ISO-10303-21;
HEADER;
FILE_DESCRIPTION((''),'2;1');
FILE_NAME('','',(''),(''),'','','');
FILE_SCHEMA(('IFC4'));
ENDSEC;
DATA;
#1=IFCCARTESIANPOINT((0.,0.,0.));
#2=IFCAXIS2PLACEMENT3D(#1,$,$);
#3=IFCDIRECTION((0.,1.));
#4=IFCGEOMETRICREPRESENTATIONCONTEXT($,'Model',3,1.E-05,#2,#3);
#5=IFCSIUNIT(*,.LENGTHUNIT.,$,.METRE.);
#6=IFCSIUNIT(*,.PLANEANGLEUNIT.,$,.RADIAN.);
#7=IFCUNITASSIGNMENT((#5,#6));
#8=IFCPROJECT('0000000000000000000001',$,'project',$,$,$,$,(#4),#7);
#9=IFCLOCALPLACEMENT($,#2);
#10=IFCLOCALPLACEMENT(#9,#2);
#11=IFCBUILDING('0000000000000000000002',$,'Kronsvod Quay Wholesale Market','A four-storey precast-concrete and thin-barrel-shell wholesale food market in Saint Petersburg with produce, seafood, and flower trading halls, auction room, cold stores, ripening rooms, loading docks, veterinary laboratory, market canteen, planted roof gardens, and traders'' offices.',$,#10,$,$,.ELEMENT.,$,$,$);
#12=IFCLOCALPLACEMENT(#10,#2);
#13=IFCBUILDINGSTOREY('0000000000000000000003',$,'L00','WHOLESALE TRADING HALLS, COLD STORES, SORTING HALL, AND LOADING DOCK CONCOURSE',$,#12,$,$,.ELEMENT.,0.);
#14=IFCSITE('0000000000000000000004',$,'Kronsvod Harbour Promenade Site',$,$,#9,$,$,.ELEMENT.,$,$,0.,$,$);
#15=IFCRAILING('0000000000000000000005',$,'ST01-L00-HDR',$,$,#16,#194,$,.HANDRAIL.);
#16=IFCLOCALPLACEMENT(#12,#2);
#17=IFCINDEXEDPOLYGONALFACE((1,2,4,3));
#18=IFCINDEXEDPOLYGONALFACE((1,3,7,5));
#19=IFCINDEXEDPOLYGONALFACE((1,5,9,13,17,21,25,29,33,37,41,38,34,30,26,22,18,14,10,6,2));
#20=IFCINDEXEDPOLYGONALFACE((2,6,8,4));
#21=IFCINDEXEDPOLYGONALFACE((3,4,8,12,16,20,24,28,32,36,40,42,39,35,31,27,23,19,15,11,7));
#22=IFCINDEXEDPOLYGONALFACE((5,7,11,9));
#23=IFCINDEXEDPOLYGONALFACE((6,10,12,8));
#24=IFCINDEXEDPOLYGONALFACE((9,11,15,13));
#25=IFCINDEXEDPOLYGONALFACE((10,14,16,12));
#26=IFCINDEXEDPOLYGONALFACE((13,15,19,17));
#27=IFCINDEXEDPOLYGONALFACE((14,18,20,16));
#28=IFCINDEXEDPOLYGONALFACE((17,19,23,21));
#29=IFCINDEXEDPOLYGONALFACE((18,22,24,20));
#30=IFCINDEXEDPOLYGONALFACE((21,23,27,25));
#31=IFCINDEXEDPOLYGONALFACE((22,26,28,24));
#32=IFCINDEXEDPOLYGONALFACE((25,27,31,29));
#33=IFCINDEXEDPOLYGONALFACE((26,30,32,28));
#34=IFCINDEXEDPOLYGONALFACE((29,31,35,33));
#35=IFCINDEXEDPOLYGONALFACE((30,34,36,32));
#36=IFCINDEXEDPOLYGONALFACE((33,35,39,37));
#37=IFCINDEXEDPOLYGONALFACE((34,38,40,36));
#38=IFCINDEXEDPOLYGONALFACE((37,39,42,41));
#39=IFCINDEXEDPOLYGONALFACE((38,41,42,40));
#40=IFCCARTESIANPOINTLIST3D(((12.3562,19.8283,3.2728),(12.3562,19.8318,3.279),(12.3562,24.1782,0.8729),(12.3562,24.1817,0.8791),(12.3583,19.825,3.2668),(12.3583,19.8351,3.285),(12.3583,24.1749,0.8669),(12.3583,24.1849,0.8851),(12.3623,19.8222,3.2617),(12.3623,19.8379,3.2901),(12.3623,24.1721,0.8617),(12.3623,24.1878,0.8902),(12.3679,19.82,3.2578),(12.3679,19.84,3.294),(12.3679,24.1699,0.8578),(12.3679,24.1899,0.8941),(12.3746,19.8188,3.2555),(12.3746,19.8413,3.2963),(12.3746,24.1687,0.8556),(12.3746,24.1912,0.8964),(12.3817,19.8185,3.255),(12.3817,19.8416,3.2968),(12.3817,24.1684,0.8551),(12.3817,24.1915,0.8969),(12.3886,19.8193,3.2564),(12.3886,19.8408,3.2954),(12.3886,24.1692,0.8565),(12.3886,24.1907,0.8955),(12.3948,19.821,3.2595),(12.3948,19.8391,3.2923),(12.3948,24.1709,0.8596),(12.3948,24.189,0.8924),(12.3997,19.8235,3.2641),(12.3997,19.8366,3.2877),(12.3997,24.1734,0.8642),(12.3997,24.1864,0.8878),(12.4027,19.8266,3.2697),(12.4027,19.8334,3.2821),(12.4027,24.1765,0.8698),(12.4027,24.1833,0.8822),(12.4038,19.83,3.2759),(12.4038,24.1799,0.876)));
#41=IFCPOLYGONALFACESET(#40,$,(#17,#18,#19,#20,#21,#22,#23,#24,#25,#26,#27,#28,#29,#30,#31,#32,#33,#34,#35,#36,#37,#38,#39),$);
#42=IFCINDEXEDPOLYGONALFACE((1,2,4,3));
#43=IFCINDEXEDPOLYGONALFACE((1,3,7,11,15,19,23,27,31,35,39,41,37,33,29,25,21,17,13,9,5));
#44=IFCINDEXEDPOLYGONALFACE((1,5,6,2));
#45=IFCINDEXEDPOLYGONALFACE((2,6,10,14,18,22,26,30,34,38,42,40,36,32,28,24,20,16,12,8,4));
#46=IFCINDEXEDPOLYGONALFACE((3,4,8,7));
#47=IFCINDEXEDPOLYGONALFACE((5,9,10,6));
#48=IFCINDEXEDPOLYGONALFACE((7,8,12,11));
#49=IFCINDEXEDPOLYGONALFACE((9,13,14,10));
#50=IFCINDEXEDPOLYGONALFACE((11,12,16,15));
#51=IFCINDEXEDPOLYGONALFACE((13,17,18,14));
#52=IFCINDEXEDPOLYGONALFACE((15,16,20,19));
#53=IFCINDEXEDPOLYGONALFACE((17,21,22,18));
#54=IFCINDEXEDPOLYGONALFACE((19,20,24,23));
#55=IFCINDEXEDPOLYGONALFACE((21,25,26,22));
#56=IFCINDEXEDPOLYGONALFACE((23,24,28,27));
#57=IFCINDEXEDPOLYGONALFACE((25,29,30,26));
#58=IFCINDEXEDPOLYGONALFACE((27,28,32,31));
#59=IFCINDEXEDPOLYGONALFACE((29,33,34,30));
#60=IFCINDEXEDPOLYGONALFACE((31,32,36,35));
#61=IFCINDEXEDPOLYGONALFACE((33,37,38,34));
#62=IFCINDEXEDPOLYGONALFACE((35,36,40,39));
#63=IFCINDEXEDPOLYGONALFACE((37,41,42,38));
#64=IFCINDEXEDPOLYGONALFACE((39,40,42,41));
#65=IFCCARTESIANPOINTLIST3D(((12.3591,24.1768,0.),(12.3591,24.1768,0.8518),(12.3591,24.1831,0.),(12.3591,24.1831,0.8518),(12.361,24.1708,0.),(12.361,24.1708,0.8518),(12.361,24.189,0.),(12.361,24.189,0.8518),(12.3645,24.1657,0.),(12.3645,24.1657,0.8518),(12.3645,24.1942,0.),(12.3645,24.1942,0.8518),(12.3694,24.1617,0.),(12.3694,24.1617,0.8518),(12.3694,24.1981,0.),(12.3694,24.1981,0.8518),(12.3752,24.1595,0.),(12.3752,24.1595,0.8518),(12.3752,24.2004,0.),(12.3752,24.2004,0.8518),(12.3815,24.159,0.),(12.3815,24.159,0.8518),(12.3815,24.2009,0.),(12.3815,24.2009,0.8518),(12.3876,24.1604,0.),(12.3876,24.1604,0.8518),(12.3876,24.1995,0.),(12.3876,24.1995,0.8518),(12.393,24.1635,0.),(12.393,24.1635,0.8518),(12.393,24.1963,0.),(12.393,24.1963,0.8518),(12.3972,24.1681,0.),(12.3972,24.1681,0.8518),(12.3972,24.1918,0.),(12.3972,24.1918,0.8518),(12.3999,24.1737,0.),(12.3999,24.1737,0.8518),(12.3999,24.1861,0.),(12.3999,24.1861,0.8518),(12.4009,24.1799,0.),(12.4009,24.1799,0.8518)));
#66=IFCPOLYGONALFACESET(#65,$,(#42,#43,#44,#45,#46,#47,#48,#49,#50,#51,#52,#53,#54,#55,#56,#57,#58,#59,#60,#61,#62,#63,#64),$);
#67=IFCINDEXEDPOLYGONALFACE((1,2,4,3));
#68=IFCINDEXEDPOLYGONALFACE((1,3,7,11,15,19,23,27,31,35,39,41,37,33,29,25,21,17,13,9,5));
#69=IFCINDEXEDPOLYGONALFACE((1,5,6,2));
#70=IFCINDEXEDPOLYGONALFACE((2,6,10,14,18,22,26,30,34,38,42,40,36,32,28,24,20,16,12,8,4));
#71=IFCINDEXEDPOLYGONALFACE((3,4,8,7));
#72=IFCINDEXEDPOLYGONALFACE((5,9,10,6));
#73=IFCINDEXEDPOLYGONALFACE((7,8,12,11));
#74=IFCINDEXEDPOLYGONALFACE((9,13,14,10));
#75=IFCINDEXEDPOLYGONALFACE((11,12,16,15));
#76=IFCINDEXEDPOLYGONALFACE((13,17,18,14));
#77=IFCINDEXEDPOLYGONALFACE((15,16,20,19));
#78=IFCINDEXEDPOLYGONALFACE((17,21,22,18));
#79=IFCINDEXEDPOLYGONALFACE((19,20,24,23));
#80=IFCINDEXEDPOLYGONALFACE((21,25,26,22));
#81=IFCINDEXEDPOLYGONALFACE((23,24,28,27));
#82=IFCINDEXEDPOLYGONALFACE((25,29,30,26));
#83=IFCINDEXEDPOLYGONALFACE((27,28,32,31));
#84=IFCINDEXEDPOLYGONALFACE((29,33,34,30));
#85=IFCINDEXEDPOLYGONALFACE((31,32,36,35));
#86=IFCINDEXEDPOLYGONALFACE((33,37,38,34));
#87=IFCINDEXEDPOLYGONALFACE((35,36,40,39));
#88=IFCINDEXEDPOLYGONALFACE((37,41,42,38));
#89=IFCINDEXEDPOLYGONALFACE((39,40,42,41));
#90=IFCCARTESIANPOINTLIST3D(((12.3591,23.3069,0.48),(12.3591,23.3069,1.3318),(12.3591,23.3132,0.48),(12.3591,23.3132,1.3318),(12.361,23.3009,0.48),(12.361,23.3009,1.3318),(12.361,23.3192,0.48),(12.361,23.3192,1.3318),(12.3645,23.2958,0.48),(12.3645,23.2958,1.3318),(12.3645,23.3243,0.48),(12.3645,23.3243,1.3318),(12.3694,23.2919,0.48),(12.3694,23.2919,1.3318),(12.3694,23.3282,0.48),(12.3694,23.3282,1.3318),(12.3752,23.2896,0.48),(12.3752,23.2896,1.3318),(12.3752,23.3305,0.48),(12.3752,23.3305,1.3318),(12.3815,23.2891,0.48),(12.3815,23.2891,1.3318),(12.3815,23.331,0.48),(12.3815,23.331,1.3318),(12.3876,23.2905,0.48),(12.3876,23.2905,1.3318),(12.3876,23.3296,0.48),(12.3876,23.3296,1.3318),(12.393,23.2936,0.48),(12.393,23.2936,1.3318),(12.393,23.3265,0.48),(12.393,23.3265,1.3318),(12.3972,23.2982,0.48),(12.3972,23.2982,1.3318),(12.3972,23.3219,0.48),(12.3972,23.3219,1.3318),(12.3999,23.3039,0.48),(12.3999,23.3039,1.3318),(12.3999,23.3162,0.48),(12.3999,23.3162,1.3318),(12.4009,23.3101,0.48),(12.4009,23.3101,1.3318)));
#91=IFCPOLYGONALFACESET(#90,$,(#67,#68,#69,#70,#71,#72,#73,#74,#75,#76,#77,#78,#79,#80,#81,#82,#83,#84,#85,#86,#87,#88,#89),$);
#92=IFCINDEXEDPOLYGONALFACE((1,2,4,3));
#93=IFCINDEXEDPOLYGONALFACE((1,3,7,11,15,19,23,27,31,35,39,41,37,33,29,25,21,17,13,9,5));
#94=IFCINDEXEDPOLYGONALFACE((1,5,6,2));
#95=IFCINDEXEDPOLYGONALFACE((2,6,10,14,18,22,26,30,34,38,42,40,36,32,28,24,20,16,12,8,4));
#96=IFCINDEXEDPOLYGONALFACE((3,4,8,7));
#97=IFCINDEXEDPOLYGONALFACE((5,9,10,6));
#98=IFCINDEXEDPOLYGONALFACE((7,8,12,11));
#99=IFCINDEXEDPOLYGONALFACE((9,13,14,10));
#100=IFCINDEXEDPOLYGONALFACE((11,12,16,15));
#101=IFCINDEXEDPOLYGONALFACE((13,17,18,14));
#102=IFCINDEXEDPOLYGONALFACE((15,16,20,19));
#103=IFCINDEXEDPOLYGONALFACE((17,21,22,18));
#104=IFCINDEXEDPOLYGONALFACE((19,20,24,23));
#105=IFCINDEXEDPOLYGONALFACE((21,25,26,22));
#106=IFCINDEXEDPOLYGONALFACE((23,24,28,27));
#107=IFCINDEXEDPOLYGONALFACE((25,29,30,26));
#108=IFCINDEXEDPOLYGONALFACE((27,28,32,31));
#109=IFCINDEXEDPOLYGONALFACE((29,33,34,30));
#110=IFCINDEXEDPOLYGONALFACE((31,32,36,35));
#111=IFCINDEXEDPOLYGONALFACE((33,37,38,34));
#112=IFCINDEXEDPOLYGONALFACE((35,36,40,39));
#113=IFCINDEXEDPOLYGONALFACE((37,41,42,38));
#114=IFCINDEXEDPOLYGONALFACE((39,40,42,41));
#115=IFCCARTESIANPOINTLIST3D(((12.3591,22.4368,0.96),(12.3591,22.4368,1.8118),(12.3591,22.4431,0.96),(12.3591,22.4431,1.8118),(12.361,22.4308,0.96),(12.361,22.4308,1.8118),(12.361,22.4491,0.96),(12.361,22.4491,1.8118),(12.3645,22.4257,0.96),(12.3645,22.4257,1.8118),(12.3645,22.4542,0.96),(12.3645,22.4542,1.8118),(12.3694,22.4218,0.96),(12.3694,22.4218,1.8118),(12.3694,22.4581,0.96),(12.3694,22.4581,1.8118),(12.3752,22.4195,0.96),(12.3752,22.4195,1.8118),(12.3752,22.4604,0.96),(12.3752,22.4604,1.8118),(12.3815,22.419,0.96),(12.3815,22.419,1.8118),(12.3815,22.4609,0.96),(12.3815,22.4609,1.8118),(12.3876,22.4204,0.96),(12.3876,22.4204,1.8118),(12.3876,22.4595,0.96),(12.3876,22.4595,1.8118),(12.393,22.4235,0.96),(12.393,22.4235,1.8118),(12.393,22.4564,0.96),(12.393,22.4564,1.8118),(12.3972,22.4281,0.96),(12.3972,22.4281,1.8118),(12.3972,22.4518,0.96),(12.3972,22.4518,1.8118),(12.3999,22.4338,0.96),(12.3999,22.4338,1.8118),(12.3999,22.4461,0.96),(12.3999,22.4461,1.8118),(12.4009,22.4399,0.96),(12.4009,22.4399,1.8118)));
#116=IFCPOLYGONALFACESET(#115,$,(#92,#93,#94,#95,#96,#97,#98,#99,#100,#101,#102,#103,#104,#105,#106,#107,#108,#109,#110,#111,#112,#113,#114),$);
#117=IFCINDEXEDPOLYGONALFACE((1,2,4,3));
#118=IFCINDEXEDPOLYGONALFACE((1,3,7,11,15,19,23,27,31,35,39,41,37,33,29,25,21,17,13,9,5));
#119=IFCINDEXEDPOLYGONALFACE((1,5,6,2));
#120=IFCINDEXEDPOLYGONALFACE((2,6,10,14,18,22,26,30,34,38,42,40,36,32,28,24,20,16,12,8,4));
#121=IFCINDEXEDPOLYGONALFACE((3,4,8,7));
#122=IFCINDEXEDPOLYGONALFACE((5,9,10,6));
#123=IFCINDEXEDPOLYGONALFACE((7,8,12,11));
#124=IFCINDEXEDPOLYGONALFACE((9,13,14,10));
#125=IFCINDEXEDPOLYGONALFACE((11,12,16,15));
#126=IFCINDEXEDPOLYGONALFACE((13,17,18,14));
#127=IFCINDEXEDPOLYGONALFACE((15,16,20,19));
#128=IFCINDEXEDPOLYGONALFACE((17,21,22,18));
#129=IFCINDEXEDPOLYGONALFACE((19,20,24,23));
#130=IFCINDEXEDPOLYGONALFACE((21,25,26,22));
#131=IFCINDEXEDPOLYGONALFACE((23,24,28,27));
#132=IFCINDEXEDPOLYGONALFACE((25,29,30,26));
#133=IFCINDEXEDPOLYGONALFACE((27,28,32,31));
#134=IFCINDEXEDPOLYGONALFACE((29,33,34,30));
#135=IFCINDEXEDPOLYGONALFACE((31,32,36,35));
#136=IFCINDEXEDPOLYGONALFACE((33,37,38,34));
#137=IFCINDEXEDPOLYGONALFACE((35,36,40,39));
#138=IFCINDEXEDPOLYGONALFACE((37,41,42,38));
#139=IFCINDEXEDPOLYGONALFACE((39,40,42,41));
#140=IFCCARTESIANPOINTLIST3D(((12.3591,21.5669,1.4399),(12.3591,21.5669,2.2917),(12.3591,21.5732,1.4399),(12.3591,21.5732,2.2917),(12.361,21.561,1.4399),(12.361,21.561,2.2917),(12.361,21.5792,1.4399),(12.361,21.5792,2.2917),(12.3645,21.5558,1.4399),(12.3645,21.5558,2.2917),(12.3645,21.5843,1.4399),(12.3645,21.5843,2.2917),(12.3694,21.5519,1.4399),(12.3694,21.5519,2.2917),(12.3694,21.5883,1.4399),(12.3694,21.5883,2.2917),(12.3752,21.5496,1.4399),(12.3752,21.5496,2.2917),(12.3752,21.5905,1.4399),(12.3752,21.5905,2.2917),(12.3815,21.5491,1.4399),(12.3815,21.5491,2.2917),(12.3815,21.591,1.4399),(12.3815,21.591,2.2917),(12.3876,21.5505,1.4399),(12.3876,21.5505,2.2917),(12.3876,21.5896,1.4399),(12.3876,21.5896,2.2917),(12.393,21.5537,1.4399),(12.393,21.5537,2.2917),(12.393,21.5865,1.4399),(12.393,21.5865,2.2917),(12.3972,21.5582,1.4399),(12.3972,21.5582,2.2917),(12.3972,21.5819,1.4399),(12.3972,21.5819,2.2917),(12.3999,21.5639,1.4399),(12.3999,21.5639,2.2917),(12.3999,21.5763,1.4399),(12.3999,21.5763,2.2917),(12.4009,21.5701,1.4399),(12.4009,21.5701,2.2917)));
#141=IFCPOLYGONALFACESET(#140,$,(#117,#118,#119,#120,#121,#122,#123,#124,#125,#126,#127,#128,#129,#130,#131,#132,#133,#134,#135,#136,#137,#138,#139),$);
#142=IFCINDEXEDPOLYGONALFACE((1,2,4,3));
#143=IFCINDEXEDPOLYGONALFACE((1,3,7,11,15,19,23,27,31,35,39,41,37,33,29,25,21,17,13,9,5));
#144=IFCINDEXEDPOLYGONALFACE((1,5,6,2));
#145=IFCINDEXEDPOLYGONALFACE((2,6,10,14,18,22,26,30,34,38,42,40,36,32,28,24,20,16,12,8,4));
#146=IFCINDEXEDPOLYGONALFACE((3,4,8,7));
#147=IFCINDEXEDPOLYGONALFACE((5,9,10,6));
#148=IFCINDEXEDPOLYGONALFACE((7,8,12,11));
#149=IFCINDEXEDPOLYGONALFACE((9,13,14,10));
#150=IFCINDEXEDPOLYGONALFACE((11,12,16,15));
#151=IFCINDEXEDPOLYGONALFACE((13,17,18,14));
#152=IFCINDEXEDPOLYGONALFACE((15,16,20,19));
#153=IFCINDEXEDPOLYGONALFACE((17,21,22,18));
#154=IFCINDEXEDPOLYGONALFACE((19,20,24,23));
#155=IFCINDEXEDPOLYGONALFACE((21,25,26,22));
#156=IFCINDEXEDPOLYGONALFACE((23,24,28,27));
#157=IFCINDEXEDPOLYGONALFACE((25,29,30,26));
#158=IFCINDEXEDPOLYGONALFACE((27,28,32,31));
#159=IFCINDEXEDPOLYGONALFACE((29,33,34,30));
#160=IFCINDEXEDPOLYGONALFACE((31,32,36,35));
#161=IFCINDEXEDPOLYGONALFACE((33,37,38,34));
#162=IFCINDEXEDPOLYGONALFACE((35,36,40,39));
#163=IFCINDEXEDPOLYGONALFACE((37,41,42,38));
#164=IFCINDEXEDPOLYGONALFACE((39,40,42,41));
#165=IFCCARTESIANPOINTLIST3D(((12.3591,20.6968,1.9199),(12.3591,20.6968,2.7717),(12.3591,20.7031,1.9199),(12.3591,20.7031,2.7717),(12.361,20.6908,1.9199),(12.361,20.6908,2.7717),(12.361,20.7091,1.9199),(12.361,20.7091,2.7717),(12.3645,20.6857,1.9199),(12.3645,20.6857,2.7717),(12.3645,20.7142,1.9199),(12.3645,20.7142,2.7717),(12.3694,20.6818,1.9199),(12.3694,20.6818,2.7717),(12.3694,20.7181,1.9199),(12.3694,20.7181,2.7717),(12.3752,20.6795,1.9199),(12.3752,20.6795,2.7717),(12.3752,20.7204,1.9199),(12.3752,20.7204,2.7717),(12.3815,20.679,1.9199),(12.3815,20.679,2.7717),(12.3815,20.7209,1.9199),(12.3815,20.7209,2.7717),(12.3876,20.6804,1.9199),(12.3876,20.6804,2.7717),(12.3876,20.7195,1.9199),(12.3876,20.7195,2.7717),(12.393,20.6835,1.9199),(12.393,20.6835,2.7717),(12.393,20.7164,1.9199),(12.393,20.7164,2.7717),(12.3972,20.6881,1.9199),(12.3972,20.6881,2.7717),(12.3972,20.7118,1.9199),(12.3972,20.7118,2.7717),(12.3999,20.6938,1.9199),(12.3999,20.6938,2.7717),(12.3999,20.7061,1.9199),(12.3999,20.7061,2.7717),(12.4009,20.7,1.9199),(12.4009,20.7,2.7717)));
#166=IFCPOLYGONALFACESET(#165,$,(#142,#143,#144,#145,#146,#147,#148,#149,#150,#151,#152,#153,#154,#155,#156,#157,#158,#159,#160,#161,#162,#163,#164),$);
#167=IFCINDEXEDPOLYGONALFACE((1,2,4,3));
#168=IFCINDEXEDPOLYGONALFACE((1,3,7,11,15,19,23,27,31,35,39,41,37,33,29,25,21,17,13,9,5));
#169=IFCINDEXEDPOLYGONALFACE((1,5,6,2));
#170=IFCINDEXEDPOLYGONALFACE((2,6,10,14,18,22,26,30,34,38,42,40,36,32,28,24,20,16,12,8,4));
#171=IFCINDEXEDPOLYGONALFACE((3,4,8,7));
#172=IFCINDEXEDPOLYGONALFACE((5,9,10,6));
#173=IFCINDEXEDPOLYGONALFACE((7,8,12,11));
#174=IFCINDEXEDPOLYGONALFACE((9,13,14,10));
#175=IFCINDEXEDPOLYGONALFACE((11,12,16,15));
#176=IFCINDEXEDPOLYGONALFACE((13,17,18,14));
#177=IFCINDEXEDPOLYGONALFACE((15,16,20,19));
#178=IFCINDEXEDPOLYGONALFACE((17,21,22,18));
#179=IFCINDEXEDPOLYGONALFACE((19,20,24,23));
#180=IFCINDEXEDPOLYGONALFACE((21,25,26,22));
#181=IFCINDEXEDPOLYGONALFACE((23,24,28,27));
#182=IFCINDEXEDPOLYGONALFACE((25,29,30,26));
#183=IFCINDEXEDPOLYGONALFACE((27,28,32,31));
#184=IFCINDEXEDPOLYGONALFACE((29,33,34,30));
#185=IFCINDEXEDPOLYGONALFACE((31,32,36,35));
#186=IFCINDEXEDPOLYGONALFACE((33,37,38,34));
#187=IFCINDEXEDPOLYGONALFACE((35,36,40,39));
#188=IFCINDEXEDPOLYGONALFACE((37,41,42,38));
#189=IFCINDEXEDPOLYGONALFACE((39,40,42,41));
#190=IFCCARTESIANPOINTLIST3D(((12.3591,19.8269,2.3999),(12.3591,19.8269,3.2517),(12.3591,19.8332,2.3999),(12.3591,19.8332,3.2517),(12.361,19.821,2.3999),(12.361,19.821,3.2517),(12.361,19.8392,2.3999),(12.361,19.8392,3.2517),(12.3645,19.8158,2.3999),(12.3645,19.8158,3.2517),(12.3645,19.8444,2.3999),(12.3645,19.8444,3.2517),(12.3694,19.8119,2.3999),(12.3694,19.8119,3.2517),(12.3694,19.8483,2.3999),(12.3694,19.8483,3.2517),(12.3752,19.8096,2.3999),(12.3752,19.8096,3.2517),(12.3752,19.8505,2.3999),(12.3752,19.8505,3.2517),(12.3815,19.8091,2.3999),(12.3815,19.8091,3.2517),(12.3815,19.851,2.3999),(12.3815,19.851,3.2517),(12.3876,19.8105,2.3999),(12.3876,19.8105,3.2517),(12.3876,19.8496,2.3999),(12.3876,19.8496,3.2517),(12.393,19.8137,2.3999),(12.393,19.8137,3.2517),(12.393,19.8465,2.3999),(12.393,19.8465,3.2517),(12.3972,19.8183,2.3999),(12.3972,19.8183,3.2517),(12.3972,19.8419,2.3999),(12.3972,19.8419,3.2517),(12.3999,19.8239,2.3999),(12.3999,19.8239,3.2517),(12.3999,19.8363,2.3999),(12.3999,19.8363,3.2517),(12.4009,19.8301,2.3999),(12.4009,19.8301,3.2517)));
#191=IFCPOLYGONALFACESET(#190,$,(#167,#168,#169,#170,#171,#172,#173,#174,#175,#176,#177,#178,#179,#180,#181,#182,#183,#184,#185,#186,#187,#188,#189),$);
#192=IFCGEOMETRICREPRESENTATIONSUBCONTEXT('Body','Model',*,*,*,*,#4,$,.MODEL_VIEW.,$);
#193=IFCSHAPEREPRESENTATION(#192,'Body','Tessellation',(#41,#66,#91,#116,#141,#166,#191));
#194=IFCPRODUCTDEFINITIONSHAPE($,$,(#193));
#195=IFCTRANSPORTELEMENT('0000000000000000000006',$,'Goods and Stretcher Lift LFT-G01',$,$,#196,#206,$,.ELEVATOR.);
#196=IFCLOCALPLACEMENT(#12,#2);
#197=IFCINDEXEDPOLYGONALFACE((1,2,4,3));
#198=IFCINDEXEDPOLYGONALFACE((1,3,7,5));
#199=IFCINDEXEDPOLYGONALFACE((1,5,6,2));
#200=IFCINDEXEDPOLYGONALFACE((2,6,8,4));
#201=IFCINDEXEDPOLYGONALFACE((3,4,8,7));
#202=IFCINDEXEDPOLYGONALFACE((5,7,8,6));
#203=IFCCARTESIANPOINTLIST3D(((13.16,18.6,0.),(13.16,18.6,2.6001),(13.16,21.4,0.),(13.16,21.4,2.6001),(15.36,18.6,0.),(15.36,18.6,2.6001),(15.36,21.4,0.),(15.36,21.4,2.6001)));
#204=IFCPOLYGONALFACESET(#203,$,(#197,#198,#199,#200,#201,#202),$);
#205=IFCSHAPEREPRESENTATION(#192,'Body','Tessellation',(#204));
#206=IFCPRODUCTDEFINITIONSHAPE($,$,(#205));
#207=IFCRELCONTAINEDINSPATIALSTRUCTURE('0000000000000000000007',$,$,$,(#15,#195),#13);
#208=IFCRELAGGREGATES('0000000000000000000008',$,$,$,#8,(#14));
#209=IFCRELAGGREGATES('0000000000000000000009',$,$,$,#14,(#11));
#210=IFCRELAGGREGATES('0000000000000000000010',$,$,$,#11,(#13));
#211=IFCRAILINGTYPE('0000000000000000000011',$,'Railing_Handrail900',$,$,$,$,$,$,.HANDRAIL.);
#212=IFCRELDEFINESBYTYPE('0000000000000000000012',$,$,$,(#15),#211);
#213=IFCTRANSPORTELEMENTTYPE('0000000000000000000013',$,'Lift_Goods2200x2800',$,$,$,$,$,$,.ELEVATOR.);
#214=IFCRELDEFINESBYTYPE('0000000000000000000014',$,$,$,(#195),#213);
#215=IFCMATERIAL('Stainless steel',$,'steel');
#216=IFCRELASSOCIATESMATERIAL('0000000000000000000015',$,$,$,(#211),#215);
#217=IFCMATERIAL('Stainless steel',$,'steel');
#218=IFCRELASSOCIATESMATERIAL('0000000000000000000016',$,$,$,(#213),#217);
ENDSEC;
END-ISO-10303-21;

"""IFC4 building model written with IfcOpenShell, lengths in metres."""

from ifc_helpers import new_model, si_unit, direction, frame, origin, origin_2d, place, context, subcontext, project, spatial, rectangle, circle, extrude, material, type_object, element, save


model = new_model("IFC4")

# Units and contexts
model_context = context("Model", 3, precision=1e-05, world=origin(), true_north=direction((0.0, 1.0)))
body_context = subcontext(model_context, "Body", "Model", "MODEL_VIEW")
ifc_project = project(units=[si_unit("LENGTHUNIT", "METRE"), si_unit("PLANEANGLEUNIT", "RADIAN")], contexts=[model_context])

# Site, building, storey
site_placement = place(None, origin())
site = spatial("IfcSite", under=ifc_project, at=site_placement, Name="Kronsvod Harbour Promenade Site", CompositionType="ELEMENT", RefElevation=0.0)
building_placement = place(site_placement, origin())
building = spatial("IfcBuilding", under=site, at=building_placement, Name="Kronsvod Quay Wholesale Market", Description="A four-storey precast-concrete and thin-barrel-shell wholesale food market in Saint Petersburg with produce, seafood, and flower trading halls, auction room, cold stores, ripening rooms, loading docks, veterinary laboratory, market canteen, planted roof gardens, and traders' offices.", CompositionType="ELEMENT")
storey_placement = place(building_placement, origin())
storey = spatial("IfcBuildingStorey", under=building, at=storey_placement, Name="L00", Description="WHOLESALE TRADING HALLS, COLD STORES, SORTING HALL, AND LOADING DOCK CONCOURSE", CompositionType="ELEMENT", Elevation=0.0)

# Railing
ifc_material_1 = material(Name="Stainless steel", Category="steel")
railing_type_1 = type_object("IfcRailingType", Name="Railing_Handrail900", PredefinedType="HANDRAIL", material=ifc_material_1)
railing_1_placement = place(storey_placement, frame((12.3799, 24.1799, 0.0)))
element("IfcRailing", 1, at=railing_1_placement, inside=storey, type_object=railing_type_1, Name="ST01-L00-HDR", PredefinedType="HANDRAIL", context=body_context, shape_type="SweptSolid", body=[
    extrude(circle(Radius=0.0239, at=origin_2d()), frame((0.0, 0.0, 0.876), z_axis=(0.0, -0.875579, 0.483075), x_axis=(1.0, 0.0, 0.0)), (0.0, 0.0, 1.0), 4.968),
    extrude(circle(Radius=0.021, at=origin_2d()), origin(), (0.0, 0.0, 1.0), 0.8518),
    extrude(circle(Radius=0.021, at=origin_2d()), frame((0.0, -0.8699, 0.48)), (0.0, 0.0, 1.0), 0.8518),
    extrude(circle(Radius=0.021, at=origin_2d()), frame((0.0, -1.74, 0.96)), (0.0, 0.0, 1.0), 0.8518),
    extrude(circle(Radius=0.021, at=origin_2d()), frame((0.0, -2.6099, 1.4399)), (0.0, 0.0, 1.0), 0.8518),
    extrude(circle(Radius=0.021, at=origin_2d()), frame((0.0, -3.48, 1.9199)), (0.0, 0.0, 1.0), 0.8518),
    extrude(circle(Radius=0.021, at=origin_2d()), frame((0.0, -4.3499, 2.3999)), (0.0, 0.0, 1.0), 0.8518),
])

# Transport element
ifc_material_2 = material(Name="Stainless steel", Category="steel")
transport_element_type = type_object("IfcTransportElementType", Name="Lift_Goods2200x2800", PredefinedType="ELEVATOR", material=ifc_material_2)
transport_element_placement = place(storey_placement, frame((14.26, 20.0, 0.0), z_axis=(0.0, 0.0, 1.0), x_axis=(1.0, 0.0, 0.0)))
element("IfcTransportElement", 2, at=transport_element_placement, inside=storey, type_object=transport_element_type, Name="Goods and Stretcher Lift LFT-G01", PredefinedType="ELEVATOR", context=body_context, shape_type="SweptSolid", body=[
    extrude(rectangle(XDim=2.2, YDim=2.8, at=origin_2d()), origin(), (0.0, 0.0, 1.0), 2.6001),
])

save(model, "model.ifc")
